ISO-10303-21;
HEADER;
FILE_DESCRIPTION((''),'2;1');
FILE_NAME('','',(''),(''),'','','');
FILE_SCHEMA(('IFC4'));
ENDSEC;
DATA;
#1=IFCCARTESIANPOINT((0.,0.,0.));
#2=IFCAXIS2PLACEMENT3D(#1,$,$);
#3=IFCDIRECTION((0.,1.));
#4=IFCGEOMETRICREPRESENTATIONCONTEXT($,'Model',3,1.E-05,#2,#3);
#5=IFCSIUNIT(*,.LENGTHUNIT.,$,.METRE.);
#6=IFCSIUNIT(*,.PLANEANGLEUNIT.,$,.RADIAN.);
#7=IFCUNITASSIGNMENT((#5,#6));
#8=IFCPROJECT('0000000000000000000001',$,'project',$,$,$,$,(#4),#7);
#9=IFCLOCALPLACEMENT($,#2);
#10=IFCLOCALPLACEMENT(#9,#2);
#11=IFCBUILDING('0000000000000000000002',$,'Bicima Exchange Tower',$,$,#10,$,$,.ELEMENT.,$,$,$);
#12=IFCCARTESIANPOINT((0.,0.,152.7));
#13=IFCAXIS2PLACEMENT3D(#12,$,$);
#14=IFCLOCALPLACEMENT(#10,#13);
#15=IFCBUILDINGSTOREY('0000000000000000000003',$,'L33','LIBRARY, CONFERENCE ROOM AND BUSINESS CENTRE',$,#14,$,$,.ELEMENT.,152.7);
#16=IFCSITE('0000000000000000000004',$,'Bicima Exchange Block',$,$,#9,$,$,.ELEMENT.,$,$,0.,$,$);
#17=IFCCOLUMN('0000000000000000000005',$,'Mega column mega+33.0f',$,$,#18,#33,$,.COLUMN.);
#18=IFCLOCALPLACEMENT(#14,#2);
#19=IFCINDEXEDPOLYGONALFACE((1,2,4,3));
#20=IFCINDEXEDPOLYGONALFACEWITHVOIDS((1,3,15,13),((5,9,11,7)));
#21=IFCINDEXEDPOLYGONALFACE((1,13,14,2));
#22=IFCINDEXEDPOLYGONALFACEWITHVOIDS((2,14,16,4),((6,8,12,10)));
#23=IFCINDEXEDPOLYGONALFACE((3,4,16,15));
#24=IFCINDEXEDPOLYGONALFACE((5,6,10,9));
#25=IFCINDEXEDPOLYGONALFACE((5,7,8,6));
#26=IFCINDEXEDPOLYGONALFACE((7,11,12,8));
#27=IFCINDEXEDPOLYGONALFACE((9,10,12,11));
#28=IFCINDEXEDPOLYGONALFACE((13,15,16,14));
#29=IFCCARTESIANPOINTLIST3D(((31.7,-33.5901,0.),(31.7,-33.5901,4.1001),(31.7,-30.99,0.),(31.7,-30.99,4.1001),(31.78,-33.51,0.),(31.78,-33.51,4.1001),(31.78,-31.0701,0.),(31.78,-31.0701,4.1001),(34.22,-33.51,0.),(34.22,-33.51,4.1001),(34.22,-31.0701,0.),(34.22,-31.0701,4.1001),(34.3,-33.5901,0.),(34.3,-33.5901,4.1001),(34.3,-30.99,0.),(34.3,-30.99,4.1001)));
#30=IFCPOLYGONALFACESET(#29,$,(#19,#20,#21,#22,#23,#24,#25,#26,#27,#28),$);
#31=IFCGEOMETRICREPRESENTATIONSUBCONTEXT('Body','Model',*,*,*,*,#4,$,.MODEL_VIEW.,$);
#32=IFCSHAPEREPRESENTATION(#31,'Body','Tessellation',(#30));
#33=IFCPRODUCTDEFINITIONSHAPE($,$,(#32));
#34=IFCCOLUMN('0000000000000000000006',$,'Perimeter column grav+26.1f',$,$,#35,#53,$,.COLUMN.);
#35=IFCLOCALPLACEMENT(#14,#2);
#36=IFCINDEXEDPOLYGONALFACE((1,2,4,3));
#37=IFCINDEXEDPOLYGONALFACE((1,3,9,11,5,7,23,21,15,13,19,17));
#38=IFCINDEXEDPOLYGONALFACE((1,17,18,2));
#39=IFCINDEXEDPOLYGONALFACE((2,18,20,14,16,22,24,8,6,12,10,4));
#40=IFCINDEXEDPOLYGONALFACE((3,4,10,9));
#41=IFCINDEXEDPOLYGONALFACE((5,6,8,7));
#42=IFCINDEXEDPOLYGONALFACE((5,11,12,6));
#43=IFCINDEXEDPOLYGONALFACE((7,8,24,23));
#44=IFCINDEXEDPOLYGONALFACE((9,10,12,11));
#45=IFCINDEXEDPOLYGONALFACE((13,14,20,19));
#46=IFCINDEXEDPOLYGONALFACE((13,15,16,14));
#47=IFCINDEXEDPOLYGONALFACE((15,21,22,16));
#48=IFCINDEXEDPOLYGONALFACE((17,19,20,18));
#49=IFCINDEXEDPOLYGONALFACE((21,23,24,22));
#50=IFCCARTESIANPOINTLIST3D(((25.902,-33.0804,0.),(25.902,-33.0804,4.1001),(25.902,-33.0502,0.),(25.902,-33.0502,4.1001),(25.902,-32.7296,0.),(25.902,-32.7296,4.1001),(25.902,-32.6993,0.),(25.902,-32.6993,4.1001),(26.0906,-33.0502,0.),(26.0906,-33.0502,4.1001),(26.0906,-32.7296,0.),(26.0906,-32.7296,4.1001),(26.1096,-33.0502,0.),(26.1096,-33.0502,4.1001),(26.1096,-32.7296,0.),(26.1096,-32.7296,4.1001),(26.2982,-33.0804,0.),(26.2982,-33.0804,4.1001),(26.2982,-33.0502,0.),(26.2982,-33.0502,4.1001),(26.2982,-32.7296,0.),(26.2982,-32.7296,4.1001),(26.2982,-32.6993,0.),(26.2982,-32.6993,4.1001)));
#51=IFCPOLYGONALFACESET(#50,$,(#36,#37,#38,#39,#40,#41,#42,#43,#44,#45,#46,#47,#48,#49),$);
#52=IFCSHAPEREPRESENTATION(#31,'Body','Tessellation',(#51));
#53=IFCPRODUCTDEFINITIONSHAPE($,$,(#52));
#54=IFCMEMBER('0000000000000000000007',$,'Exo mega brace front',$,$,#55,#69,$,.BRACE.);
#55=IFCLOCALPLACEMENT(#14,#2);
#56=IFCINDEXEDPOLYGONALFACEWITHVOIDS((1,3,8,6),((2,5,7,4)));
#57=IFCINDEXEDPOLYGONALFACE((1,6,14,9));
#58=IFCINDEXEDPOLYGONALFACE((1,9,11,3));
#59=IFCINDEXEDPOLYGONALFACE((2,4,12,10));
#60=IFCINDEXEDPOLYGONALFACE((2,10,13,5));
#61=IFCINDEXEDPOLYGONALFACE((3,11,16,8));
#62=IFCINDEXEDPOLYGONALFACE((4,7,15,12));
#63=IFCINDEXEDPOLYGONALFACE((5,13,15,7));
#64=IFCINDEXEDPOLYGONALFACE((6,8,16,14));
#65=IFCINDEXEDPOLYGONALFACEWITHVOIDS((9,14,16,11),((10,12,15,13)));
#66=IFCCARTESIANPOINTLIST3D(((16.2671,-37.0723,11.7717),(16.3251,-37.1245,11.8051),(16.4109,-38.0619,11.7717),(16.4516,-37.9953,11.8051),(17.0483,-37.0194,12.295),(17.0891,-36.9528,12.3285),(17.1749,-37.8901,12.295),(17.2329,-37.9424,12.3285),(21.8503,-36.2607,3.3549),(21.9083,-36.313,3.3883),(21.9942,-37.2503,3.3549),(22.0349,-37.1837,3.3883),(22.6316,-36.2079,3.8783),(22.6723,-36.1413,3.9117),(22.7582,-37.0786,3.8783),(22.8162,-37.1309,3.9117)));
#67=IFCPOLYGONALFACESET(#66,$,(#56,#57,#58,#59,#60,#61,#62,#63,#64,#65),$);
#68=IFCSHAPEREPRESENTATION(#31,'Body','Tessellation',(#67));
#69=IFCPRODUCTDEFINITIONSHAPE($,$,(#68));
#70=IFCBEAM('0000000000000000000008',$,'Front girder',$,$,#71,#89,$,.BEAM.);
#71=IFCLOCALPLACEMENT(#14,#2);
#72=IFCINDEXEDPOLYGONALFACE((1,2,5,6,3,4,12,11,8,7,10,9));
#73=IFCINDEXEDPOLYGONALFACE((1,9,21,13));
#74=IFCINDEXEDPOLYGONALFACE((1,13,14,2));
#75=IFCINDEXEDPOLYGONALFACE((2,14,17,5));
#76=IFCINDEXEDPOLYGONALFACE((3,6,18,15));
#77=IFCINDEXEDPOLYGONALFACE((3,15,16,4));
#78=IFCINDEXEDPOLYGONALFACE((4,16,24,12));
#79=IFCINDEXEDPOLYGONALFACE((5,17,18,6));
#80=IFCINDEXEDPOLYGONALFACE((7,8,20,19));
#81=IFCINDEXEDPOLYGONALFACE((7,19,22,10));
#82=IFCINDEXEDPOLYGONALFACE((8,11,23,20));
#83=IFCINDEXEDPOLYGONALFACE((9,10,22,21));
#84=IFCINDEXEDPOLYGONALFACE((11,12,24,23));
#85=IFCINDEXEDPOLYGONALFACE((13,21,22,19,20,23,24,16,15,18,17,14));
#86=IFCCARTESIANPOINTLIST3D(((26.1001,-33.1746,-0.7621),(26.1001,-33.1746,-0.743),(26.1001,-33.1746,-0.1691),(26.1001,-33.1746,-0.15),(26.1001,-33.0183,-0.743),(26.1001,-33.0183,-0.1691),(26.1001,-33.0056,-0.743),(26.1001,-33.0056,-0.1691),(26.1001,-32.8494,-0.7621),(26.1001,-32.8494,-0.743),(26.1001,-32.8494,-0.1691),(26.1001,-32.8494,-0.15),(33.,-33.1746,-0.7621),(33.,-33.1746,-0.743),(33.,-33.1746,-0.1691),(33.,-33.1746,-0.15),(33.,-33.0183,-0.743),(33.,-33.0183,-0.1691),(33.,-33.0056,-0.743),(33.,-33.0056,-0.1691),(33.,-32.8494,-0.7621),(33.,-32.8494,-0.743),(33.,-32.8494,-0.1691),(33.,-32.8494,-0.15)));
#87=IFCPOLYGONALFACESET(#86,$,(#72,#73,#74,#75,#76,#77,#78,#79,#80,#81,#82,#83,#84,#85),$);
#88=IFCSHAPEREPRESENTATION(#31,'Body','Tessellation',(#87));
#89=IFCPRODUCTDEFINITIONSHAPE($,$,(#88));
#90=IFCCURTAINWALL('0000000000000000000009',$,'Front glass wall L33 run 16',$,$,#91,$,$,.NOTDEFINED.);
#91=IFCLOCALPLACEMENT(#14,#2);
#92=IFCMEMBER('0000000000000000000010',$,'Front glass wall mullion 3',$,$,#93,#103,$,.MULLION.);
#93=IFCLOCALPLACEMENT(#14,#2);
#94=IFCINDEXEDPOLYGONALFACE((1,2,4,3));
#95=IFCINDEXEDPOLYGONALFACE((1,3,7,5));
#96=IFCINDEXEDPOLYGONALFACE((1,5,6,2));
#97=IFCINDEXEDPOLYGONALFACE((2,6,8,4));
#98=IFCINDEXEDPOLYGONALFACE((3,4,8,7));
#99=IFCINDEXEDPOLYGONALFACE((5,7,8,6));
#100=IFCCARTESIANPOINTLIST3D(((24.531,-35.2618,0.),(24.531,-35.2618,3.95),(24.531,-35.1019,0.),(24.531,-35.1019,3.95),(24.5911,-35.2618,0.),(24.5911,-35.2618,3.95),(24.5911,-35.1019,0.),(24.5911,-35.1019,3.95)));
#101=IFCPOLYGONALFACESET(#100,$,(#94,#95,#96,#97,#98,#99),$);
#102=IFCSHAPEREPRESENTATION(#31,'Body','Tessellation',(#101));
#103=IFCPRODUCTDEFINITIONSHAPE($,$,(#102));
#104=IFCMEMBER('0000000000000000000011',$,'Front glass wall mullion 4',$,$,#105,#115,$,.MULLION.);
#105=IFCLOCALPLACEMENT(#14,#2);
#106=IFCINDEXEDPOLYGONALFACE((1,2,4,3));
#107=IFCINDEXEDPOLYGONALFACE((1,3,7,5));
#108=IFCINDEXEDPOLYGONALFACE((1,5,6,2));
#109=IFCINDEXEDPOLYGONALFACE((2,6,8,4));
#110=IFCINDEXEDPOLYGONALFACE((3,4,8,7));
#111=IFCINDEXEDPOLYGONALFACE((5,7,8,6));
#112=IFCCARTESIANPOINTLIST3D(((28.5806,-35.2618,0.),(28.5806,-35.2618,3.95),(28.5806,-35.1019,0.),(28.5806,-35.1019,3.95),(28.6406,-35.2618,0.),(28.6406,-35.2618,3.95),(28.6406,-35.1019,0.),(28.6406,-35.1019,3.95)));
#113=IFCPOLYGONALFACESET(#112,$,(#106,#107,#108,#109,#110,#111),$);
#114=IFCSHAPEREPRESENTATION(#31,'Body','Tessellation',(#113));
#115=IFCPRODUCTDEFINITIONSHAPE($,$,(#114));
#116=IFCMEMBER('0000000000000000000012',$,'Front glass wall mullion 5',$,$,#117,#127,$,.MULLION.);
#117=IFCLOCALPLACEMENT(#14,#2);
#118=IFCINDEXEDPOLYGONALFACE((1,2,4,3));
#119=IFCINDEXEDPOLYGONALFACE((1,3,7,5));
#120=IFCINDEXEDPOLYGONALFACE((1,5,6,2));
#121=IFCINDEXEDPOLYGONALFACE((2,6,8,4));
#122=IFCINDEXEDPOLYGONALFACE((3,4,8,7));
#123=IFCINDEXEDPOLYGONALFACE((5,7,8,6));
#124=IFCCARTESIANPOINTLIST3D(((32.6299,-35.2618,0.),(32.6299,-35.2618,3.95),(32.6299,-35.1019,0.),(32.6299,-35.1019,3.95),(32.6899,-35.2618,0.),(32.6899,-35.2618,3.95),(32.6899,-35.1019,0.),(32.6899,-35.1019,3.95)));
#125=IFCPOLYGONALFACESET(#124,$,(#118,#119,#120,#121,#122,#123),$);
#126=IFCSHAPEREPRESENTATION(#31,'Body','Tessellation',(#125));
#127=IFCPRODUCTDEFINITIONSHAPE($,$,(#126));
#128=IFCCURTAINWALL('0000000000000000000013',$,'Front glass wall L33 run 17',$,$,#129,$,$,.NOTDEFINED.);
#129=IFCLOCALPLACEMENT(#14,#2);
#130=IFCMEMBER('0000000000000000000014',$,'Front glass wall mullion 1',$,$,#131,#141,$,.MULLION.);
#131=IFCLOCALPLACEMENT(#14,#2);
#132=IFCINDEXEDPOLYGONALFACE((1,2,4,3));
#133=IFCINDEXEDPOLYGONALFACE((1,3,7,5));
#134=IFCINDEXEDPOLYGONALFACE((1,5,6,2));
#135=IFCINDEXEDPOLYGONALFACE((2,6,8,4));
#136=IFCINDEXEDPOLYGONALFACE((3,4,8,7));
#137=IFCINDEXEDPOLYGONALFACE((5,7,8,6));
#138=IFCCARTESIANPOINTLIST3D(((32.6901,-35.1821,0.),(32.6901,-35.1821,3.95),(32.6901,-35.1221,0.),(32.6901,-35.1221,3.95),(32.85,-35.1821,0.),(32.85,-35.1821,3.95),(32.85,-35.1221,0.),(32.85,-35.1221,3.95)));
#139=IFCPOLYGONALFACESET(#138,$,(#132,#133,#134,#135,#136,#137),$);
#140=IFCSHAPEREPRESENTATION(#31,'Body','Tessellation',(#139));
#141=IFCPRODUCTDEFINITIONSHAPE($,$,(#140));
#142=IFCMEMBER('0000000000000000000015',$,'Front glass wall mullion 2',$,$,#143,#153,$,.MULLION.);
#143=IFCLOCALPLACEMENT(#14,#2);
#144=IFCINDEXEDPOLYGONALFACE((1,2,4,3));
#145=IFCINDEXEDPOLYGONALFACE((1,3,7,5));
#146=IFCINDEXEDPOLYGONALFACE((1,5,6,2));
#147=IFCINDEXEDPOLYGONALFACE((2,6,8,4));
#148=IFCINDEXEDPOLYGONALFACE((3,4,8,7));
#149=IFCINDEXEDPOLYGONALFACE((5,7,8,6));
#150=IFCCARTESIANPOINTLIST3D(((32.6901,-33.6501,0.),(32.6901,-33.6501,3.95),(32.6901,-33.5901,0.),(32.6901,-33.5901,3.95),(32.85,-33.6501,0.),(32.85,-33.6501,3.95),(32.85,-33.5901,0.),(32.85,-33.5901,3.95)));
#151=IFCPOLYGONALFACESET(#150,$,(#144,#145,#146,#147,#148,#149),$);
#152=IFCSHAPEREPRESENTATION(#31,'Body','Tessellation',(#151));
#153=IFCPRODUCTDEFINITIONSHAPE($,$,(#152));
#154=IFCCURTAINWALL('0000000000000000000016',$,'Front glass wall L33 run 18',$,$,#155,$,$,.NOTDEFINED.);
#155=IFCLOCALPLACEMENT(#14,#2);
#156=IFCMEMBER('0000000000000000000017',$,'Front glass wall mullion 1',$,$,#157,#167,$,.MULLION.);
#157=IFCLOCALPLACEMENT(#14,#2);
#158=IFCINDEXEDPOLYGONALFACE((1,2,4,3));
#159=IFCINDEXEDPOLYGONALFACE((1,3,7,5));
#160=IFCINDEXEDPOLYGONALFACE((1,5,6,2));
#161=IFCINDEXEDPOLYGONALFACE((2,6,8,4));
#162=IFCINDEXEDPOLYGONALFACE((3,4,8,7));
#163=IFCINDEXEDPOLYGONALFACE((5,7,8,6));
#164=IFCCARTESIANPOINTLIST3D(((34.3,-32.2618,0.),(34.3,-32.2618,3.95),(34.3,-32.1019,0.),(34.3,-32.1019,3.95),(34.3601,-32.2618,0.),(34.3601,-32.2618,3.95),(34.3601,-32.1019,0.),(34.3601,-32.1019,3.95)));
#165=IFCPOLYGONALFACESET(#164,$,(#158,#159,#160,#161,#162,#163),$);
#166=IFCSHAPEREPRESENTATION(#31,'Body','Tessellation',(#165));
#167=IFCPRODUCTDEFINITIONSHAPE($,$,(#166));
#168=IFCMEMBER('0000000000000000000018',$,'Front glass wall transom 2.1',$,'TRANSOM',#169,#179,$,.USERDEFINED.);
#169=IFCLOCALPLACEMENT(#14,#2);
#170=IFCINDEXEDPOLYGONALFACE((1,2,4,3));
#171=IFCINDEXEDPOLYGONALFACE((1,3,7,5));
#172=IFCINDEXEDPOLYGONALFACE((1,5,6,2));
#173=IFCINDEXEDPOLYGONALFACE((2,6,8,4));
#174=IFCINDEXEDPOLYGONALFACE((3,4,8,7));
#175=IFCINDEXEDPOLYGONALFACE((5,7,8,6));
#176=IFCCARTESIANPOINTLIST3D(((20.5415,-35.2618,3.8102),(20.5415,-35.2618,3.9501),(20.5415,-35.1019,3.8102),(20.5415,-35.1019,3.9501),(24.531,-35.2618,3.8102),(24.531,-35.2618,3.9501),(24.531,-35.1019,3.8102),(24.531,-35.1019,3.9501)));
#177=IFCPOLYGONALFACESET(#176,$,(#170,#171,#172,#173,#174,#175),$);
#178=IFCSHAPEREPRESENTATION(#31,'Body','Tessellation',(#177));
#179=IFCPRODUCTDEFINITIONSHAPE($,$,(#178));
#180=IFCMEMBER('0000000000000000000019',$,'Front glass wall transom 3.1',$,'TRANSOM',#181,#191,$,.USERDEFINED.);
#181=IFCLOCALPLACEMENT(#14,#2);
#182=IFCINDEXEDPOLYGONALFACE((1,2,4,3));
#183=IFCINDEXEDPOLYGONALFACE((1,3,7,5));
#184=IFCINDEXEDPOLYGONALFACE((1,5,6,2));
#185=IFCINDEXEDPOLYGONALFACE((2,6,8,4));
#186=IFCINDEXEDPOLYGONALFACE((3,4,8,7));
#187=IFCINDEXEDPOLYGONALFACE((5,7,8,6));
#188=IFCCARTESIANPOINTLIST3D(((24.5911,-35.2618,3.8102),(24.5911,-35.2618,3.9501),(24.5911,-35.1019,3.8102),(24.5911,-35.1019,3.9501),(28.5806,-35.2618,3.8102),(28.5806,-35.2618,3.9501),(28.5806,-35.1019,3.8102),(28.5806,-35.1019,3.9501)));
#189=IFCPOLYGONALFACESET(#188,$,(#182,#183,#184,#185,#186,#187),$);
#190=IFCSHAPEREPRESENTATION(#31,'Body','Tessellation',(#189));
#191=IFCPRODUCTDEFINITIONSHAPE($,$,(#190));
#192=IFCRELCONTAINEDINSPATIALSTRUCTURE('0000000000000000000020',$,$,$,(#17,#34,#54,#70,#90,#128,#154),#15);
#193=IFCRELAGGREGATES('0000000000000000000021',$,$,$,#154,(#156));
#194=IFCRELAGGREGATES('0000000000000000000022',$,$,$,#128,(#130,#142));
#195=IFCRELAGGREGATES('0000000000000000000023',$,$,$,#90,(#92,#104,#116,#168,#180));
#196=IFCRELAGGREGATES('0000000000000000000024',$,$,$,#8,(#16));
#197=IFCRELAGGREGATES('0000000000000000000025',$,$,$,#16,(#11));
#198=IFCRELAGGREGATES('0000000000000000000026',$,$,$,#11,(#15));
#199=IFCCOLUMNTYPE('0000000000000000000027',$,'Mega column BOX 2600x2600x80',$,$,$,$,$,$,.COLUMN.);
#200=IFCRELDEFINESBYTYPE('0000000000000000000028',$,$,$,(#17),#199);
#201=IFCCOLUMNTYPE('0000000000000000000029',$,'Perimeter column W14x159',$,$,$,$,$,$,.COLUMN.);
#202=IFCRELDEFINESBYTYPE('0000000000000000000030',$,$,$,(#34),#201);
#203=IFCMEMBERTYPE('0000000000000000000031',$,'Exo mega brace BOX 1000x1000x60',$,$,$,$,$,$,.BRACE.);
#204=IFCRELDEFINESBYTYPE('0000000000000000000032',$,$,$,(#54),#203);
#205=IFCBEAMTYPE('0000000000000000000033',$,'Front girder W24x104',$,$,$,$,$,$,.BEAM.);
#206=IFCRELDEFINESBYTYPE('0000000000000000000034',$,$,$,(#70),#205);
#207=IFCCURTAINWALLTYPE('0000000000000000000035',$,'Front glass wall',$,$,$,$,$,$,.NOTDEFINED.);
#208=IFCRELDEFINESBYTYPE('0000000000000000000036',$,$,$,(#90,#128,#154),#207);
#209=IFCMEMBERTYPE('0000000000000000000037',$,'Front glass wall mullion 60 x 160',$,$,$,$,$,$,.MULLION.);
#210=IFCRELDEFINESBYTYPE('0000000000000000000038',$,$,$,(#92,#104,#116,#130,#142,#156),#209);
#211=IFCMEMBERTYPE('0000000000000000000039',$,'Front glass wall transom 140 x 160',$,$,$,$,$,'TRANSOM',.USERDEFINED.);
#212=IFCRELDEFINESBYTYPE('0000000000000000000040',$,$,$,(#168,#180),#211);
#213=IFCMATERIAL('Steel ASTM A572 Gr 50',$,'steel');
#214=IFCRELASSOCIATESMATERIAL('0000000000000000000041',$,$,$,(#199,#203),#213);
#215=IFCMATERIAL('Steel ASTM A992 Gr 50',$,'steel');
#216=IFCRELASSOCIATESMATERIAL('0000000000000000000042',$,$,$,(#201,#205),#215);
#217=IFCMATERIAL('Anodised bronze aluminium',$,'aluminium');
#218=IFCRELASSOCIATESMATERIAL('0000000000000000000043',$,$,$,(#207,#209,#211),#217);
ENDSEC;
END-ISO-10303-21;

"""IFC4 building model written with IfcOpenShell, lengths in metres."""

from ifc_helpers import new_model, si_unit, direction, frame, origin, origin_2d, place, context, subcontext, project, spatial, rectangle, hollow_rectangle, i_section, extrude, material, material_profile, profile_set, type_object, element, aggregate, save


model = new_model("IFC4")

# Units and contexts
model_context = context("Model", 3, precision=1e-05, world=origin(), true_north=direction((0.0, 1.0)))
body_context = subcontext(model_context, "Body", "Model", "MODEL_VIEW")
ifc_project = project(units=[si_unit("LENGTHUNIT", "METRE"), si_unit("PLANEANGLEUNIT", "RADIAN")], contexts=[model_context])

# Site, building, storey
site_placement = place(None, origin())
site = spatial("IfcSite", under=ifc_project, at=site_placement, Name="Bicima Exchange Block", CompositionType="ELEMENT", RefElevation=0.0)
building_placement = place(site_placement, origin())
building = spatial("IfcBuilding", under=site, at=building_placement, Name="Bicima Exchange Tower", CompositionType="ELEMENT")
storey_placement = place(building_placement, frame((0.0, 0.0, 152.7)))
storey = spatial("IfcBuildingStorey", under=building, at=storey_placement, Name="L33", Description="LIBRARY, CONFERENCE ROOM AND BUSINESS CENTRE", CompositionType="ELEMENT", Elevation=152.7)

# Columns
ifc_material_1 = material(Name="Steel ASTM A572 Gr 50", Category="steel")
ifc_material_profile_1 = material_profile(ifc_material_1, hollow_rectangle(XDim=2.6001, YDim=2.6001, WallThickness=0.0801, at=origin_2d()))
ifc_profile_set_1 = profile_set([ifc_material_profile_1], Name="Steel ASTM A572 Gr 50")
column_type_1 = type_object("IfcColumnType", Name="Mega column BOX 2600x2600x80", PredefinedType="COLUMN", material=ifc_profile_set_1)
column_1_placement = place(storey_placement, frame((33.0, -32.29, 0.0), z_axis=(0.0, 0.0, 1.0), x_axis=(1.0, 0.0, 0.0)))
element("IfcColumn", 1, at=column_1_placement, inside=storey, type_object=column_type_1, Name="Mega column mega+33.0f", PredefinedType="COLUMN", context=body_context, shape_type="SweptSolid", body=[
    extrude(hollow_rectangle(XDim=2.6001, YDim=2.6001, WallThickness=0.0801, at=origin_2d()), origin(), (0.0, 0.0, 1.0), 4.1001),
])
ifc_material_2 = material(Name="Steel ASTM A992 Gr 50", Category="steel")
ifc_material_profile_2 = material_profile(ifc_material_2, i_section(OverallWidth=0.3962, OverallDepth=0.3811, WebThickness=0.019, FlangeThickness=0.0303, at=origin_2d()))
ifc_profile_set_2 = profile_set([ifc_material_profile_2], Name="Steel ASTM A992 Gr 50")
column_type_2 = type_object("IfcColumnType", Name="Perimeter column W14x159", PredefinedType="COLUMN", material=ifc_profile_set_2)
column_2_placement = place(storey_placement, frame((26.1001, -32.8899, 0.0), z_axis=(0.0, 0.0, 1.0), x_axis=(1.0, 0.0, 0.0)))
element("IfcColumn", 2, at=column_2_placement, inside=storey, type_object=column_type_2, Name="Perimeter column grav+26.1f", PredefinedType="COLUMN", context=body_context, shape_type="SweptSolid", body=[
    extrude(i_section(OverallWidth=0.3962, OverallDepth=0.3811, WebThickness=0.019, FlangeThickness=0.0303, at=origin_2d()), origin(), (0.0, 0.0, 1.0), 4.1001),
])

# Member
ifc_material_profile_3 = material_profile(ifc_material_1, hollow_rectangle(XDim=1.0, YDim=1.0, WallThickness=0.0601, at=origin_2d()))
ifc_profile_set_3 = profile_set([ifc_material_profile_3], Name="Steel ASTM A572 Gr 50")
member_type_1 = type_object("IfcMemberType", Name="Exo mega brace BOX 1000x1000x60", PredefinedType="BRACE", material=ifc_profile_set_3)
member_1_placement = place(storey_placement, frame((22.3333, -36.6958, 3.6333), z_axis=(-0.55101, -0.080089, 0.830647), x_axis=(0.143838, -0.989601, 0.0)))
element("IfcMember", 3, at=member_1_placement, inside=storey, type_object=member_type_1, Name="Exo mega brace front", PredefinedType="BRACE", context=body_context, shape_type="SweptSolid", body=[
    extrude(hollow_rectangle(XDim=1.0, YDim=1.0, WallThickness=0.0601, at=origin_2d()), origin(), (0.0, 0.0, 1.0), 10.1328),
])

# Beam
ifc_material_profile_4 = material_profile(ifc_material_2, i_section(OverallWidth=0.3252, OverallDepth=0.6121, WebThickness=0.0127, FlangeThickness=0.019, at=origin_2d()))
ifc_profile_set_4 = profile_set([ifc_material_profile_4], Name="Steel ASTM A992 Gr 50")
beam_type = type_object("IfcBeamType", Name="Front girder W24x104", PredefinedType="BEAM", material=ifc_profile_set_4)
beam_placement = place(storey_placement, frame((26.1001, -33.012, -0.4561), z_axis=(1.0, 0.0, 0.0), x_axis=(0.0, 1.0, 0.0)))
element("IfcBeam", 4, at=beam_placement, inside=storey, type_object=beam_type, Name="Front girder", PredefinedType="BEAM", context=body_context, shape_type="SweptSolid", body=[
    extrude(i_section(OverallWidth=0.3252, OverallDepth=0.6121, WebThickness=0.0127, FlangeThickness=0.019, at=origin_2d()), origin(), (0.0, 0.0, 1.0), 6.8999),
])

# Curtain walls, members
ifc_material_3 = material(Name="Anodised bronze aluminium", Category="aluminium")
curtain_wall_type = type_object("IfcCurtainWallType", Name="Front glass wall", PredefinedType="NOTDEFINED", material=ifc_material_3)
curtain_wall_1_placement = place(storey_placement, origin())
curtain_wall_1 = element("IfcCurtainWall", 5, at=curtain_wall_1_placement, inside=storey, type_object=curtain_wall_type, Name="Front glass wall L33 run 16", PredefinedType="NOTDEFINED")
ifc_material_profile_5 = material_profile(ifc_material_3, rectangle(XDim=0.1599, YDim=0.0601, at=origin_2d()))
ifc_profile_set_5 = profile_set([ifc_material_profile_5], Name="Anodised bronze aluminium")
member_type_2 = type_object("IfcMemberType", Name="Front glass wall mullion 60 x 160", PredefinedType="MULLION", material=ifc_profile_set_5)
member_2_placement = place(storey_placement, frame((24.561, -35.1819, 0.0), z_axis=(0.0, 0.0, 1.0), x_axis=(0.0, 1.0, 0.0)))
member_2 = element("IfcMember", 6, at=member_2_placement, type_object=member_type_2, Name="Front glass wall mullion 3", PredefinedType="MULLION", context=body_context, shape_type="SweptSolid", body=[
    extrude(rectangle(XDim=0.1599, YDim=0.0601, at=origin_2d()), origin(), (0.0, 0.0, 1.0), 3.95),
])
member_3_placement = place(storey_placement, frame((28.6106, -35.1819, 0.0), z_axis=(0.0, 0.0, 1.0), x_axis=(0.0, 1.0, 0.0)))
member_3 = element("IfcMember", 7, at=member_3_placement, type_object=member_type_2, Name="Front glass wall mullion 4", PredefinedType="MULLION", context=body_context, shape_type="SweptSolid", body=[
    extrude(rectangle(XDim=0.1599, YDim=0.0601, at=origin_2d()), origin(), (0.0, 0.0, 1.0), 3.95),
])
member_4_placement = place(storey_placement, frame((32.6599, -35.1819, 0.0), z_axis=(0.0, 0.0, 1.0), x_axis=(0.0, 1.0, 0.0)))
member_4 = element("IfcMember", 8, at=member_4_placement, type_object=member_type_2, Name="Front glass wall mullion 5", PredefinedType="MULLION", context=body_context, shape_type="SweptSolid", body=[
    extrude(rectangle(XDim=0.1599, YDim=0.0601, at=origin_2d()), origin(), (0.0, 0.0, 1.0), 3.95),
])
curtain_wall_2_placement = place(storey_placement, origin())
curtain_wall_2 = element("IfcCurtainWall", 9, at=curtain_wall_2_placement, inside=storey, type_object=curtain_wall_type, Name="Front glass wall L33 run 17", PredefinedType="NOTDEFINED")
member_5_placement = place(storey_placement, frame((32.77, -35.1521, 0.0), z_axis=(0.0, 0.0, 1.0), x_axis=(-1.0, 0.0, 0.0)))
member_5 = element("IfcMember", 10, at=member_5_placement, type_object=member_type_2, Name="Front glass wall mullion 1", PredefinedType="MULLION", context=body_context, shape_type="SweptSolid", body=[
    extrude(rectangle(XDim=0.1599, YDim=0.0601, at=origin_2d()), origin(), (0.0, 0.0, 1.0), 3.95),
])
member_6_placement = place(storey_placement, frame((32.77, -33.6201, 0.0), z_axis=(0.0, 0.0, 1.0), x_axis=(-1.0, 0.0, 0.0)))
member_6 = element("IfcMember", 11, at=member_6_placement, type_object=member_type_2, Name="Front glass wall mullion 2", PredefinedType="MULLION", context=body_context, shape_type="SweptSolid", body=[
    extrude(rectangle(XDim=0.1599, YDim=0.0601, at=origin_2d()), origin(), (0.0, 0.0, 1.0), 3.95),
])

# Curtain wall, member
curtain_wall_3_placement = place(storey_placement, origin())
curtain_wall_3 = element("IfcCurtainWall", 12, at=curtain_wall_3_placement, inside=storey, type_object=curtain_wall_type, Name="Front glass wall L33 run 18", PredefinedType="NOTDEFINED")
member_7_placement = place(storey_placement, frame((34.3301, -32.1819, 0.0), z_axis=(0.0, 0.0, 1.0), x_axis=(0.0, 1.0, 0.0)))
member_7 = element("IfcMember", 13, at=member_7_placement, type_object=member_type_2, Name="Front glass wall mullion 1", PredefinedType="MULLION", context=body_context, shape_type="SweptSolid", body=[
    extrude(rectangle(XDim=0.1599, YDim=0.0601, at=origin_2d()), origin(), (0.0, 0.0, 1.0), 3.95),
])
aggregate(curtain_wall_3, [member_7])

# Members
ifc_material_profile_6 = material_profile(ifc_material_3, rectangle(XDim=0.1599, YDim=0.1399, at=origin_2d()))
ifc_profile_set_6 = profile_set([ifc_material_profile_6], Name="Anodised bronze aluminium")
member_type_3 = type_object("IfcMemberType", Name="Front glass wall transom 140 x 160", ElementType="TRANSOM", PredefinedType="USERDEFINED", material=ifc_profile_set_6)
member_8_placement = place(storey_placement, frame((20.5415, -35.1819, 3.8801), z_axis=(1.0, 0.0, 0.0), x_axis=(0.0, 1.0, 0.0)))
member_8 = element("IfcMember", 14, at=member_8_placement, type_object=member_type_3, Name="Front glass wall transom 2.1", ObjectType="TRANSOM", PredefinedType="USERDEFINED", context=body_context, shape_type="SweptSolid", body=[
    extrude(rectangle(XDim=0.1599, YDim=0.1399, at=origin_2d()), origin(), (0.0, 0.0, 1.0), 3.9895),
])
member_9_placement = place(storey_placement, frame((24.5911, -35.1819, 3.8801), z_axis=(1.0, 0.0, 0.0), x_axis=(0.0, 1.0, 0.0)))
member_9 = element("IfcMember", 15, at=member_9_placement, type_object=member_type_3, Name="Front glass wall transom 3.1", ObjectType="TRANSOM", PredefinedType="USERDEFINED", context=body_context, shape_type="SweptSolid", body=[
    extrude(rectangle(XDim=0.1599, YDim=0.1399, at=origin_2d()), origin(), (0.0, 0.0, 1.0), 3.9895),
])

aggregate(curtain_wall_2, [member_5, member_6])
aggregate(curtain_wall_1, [member_2, member_3, member_4, member_8, member_9])

save(model, "model.ifc")
